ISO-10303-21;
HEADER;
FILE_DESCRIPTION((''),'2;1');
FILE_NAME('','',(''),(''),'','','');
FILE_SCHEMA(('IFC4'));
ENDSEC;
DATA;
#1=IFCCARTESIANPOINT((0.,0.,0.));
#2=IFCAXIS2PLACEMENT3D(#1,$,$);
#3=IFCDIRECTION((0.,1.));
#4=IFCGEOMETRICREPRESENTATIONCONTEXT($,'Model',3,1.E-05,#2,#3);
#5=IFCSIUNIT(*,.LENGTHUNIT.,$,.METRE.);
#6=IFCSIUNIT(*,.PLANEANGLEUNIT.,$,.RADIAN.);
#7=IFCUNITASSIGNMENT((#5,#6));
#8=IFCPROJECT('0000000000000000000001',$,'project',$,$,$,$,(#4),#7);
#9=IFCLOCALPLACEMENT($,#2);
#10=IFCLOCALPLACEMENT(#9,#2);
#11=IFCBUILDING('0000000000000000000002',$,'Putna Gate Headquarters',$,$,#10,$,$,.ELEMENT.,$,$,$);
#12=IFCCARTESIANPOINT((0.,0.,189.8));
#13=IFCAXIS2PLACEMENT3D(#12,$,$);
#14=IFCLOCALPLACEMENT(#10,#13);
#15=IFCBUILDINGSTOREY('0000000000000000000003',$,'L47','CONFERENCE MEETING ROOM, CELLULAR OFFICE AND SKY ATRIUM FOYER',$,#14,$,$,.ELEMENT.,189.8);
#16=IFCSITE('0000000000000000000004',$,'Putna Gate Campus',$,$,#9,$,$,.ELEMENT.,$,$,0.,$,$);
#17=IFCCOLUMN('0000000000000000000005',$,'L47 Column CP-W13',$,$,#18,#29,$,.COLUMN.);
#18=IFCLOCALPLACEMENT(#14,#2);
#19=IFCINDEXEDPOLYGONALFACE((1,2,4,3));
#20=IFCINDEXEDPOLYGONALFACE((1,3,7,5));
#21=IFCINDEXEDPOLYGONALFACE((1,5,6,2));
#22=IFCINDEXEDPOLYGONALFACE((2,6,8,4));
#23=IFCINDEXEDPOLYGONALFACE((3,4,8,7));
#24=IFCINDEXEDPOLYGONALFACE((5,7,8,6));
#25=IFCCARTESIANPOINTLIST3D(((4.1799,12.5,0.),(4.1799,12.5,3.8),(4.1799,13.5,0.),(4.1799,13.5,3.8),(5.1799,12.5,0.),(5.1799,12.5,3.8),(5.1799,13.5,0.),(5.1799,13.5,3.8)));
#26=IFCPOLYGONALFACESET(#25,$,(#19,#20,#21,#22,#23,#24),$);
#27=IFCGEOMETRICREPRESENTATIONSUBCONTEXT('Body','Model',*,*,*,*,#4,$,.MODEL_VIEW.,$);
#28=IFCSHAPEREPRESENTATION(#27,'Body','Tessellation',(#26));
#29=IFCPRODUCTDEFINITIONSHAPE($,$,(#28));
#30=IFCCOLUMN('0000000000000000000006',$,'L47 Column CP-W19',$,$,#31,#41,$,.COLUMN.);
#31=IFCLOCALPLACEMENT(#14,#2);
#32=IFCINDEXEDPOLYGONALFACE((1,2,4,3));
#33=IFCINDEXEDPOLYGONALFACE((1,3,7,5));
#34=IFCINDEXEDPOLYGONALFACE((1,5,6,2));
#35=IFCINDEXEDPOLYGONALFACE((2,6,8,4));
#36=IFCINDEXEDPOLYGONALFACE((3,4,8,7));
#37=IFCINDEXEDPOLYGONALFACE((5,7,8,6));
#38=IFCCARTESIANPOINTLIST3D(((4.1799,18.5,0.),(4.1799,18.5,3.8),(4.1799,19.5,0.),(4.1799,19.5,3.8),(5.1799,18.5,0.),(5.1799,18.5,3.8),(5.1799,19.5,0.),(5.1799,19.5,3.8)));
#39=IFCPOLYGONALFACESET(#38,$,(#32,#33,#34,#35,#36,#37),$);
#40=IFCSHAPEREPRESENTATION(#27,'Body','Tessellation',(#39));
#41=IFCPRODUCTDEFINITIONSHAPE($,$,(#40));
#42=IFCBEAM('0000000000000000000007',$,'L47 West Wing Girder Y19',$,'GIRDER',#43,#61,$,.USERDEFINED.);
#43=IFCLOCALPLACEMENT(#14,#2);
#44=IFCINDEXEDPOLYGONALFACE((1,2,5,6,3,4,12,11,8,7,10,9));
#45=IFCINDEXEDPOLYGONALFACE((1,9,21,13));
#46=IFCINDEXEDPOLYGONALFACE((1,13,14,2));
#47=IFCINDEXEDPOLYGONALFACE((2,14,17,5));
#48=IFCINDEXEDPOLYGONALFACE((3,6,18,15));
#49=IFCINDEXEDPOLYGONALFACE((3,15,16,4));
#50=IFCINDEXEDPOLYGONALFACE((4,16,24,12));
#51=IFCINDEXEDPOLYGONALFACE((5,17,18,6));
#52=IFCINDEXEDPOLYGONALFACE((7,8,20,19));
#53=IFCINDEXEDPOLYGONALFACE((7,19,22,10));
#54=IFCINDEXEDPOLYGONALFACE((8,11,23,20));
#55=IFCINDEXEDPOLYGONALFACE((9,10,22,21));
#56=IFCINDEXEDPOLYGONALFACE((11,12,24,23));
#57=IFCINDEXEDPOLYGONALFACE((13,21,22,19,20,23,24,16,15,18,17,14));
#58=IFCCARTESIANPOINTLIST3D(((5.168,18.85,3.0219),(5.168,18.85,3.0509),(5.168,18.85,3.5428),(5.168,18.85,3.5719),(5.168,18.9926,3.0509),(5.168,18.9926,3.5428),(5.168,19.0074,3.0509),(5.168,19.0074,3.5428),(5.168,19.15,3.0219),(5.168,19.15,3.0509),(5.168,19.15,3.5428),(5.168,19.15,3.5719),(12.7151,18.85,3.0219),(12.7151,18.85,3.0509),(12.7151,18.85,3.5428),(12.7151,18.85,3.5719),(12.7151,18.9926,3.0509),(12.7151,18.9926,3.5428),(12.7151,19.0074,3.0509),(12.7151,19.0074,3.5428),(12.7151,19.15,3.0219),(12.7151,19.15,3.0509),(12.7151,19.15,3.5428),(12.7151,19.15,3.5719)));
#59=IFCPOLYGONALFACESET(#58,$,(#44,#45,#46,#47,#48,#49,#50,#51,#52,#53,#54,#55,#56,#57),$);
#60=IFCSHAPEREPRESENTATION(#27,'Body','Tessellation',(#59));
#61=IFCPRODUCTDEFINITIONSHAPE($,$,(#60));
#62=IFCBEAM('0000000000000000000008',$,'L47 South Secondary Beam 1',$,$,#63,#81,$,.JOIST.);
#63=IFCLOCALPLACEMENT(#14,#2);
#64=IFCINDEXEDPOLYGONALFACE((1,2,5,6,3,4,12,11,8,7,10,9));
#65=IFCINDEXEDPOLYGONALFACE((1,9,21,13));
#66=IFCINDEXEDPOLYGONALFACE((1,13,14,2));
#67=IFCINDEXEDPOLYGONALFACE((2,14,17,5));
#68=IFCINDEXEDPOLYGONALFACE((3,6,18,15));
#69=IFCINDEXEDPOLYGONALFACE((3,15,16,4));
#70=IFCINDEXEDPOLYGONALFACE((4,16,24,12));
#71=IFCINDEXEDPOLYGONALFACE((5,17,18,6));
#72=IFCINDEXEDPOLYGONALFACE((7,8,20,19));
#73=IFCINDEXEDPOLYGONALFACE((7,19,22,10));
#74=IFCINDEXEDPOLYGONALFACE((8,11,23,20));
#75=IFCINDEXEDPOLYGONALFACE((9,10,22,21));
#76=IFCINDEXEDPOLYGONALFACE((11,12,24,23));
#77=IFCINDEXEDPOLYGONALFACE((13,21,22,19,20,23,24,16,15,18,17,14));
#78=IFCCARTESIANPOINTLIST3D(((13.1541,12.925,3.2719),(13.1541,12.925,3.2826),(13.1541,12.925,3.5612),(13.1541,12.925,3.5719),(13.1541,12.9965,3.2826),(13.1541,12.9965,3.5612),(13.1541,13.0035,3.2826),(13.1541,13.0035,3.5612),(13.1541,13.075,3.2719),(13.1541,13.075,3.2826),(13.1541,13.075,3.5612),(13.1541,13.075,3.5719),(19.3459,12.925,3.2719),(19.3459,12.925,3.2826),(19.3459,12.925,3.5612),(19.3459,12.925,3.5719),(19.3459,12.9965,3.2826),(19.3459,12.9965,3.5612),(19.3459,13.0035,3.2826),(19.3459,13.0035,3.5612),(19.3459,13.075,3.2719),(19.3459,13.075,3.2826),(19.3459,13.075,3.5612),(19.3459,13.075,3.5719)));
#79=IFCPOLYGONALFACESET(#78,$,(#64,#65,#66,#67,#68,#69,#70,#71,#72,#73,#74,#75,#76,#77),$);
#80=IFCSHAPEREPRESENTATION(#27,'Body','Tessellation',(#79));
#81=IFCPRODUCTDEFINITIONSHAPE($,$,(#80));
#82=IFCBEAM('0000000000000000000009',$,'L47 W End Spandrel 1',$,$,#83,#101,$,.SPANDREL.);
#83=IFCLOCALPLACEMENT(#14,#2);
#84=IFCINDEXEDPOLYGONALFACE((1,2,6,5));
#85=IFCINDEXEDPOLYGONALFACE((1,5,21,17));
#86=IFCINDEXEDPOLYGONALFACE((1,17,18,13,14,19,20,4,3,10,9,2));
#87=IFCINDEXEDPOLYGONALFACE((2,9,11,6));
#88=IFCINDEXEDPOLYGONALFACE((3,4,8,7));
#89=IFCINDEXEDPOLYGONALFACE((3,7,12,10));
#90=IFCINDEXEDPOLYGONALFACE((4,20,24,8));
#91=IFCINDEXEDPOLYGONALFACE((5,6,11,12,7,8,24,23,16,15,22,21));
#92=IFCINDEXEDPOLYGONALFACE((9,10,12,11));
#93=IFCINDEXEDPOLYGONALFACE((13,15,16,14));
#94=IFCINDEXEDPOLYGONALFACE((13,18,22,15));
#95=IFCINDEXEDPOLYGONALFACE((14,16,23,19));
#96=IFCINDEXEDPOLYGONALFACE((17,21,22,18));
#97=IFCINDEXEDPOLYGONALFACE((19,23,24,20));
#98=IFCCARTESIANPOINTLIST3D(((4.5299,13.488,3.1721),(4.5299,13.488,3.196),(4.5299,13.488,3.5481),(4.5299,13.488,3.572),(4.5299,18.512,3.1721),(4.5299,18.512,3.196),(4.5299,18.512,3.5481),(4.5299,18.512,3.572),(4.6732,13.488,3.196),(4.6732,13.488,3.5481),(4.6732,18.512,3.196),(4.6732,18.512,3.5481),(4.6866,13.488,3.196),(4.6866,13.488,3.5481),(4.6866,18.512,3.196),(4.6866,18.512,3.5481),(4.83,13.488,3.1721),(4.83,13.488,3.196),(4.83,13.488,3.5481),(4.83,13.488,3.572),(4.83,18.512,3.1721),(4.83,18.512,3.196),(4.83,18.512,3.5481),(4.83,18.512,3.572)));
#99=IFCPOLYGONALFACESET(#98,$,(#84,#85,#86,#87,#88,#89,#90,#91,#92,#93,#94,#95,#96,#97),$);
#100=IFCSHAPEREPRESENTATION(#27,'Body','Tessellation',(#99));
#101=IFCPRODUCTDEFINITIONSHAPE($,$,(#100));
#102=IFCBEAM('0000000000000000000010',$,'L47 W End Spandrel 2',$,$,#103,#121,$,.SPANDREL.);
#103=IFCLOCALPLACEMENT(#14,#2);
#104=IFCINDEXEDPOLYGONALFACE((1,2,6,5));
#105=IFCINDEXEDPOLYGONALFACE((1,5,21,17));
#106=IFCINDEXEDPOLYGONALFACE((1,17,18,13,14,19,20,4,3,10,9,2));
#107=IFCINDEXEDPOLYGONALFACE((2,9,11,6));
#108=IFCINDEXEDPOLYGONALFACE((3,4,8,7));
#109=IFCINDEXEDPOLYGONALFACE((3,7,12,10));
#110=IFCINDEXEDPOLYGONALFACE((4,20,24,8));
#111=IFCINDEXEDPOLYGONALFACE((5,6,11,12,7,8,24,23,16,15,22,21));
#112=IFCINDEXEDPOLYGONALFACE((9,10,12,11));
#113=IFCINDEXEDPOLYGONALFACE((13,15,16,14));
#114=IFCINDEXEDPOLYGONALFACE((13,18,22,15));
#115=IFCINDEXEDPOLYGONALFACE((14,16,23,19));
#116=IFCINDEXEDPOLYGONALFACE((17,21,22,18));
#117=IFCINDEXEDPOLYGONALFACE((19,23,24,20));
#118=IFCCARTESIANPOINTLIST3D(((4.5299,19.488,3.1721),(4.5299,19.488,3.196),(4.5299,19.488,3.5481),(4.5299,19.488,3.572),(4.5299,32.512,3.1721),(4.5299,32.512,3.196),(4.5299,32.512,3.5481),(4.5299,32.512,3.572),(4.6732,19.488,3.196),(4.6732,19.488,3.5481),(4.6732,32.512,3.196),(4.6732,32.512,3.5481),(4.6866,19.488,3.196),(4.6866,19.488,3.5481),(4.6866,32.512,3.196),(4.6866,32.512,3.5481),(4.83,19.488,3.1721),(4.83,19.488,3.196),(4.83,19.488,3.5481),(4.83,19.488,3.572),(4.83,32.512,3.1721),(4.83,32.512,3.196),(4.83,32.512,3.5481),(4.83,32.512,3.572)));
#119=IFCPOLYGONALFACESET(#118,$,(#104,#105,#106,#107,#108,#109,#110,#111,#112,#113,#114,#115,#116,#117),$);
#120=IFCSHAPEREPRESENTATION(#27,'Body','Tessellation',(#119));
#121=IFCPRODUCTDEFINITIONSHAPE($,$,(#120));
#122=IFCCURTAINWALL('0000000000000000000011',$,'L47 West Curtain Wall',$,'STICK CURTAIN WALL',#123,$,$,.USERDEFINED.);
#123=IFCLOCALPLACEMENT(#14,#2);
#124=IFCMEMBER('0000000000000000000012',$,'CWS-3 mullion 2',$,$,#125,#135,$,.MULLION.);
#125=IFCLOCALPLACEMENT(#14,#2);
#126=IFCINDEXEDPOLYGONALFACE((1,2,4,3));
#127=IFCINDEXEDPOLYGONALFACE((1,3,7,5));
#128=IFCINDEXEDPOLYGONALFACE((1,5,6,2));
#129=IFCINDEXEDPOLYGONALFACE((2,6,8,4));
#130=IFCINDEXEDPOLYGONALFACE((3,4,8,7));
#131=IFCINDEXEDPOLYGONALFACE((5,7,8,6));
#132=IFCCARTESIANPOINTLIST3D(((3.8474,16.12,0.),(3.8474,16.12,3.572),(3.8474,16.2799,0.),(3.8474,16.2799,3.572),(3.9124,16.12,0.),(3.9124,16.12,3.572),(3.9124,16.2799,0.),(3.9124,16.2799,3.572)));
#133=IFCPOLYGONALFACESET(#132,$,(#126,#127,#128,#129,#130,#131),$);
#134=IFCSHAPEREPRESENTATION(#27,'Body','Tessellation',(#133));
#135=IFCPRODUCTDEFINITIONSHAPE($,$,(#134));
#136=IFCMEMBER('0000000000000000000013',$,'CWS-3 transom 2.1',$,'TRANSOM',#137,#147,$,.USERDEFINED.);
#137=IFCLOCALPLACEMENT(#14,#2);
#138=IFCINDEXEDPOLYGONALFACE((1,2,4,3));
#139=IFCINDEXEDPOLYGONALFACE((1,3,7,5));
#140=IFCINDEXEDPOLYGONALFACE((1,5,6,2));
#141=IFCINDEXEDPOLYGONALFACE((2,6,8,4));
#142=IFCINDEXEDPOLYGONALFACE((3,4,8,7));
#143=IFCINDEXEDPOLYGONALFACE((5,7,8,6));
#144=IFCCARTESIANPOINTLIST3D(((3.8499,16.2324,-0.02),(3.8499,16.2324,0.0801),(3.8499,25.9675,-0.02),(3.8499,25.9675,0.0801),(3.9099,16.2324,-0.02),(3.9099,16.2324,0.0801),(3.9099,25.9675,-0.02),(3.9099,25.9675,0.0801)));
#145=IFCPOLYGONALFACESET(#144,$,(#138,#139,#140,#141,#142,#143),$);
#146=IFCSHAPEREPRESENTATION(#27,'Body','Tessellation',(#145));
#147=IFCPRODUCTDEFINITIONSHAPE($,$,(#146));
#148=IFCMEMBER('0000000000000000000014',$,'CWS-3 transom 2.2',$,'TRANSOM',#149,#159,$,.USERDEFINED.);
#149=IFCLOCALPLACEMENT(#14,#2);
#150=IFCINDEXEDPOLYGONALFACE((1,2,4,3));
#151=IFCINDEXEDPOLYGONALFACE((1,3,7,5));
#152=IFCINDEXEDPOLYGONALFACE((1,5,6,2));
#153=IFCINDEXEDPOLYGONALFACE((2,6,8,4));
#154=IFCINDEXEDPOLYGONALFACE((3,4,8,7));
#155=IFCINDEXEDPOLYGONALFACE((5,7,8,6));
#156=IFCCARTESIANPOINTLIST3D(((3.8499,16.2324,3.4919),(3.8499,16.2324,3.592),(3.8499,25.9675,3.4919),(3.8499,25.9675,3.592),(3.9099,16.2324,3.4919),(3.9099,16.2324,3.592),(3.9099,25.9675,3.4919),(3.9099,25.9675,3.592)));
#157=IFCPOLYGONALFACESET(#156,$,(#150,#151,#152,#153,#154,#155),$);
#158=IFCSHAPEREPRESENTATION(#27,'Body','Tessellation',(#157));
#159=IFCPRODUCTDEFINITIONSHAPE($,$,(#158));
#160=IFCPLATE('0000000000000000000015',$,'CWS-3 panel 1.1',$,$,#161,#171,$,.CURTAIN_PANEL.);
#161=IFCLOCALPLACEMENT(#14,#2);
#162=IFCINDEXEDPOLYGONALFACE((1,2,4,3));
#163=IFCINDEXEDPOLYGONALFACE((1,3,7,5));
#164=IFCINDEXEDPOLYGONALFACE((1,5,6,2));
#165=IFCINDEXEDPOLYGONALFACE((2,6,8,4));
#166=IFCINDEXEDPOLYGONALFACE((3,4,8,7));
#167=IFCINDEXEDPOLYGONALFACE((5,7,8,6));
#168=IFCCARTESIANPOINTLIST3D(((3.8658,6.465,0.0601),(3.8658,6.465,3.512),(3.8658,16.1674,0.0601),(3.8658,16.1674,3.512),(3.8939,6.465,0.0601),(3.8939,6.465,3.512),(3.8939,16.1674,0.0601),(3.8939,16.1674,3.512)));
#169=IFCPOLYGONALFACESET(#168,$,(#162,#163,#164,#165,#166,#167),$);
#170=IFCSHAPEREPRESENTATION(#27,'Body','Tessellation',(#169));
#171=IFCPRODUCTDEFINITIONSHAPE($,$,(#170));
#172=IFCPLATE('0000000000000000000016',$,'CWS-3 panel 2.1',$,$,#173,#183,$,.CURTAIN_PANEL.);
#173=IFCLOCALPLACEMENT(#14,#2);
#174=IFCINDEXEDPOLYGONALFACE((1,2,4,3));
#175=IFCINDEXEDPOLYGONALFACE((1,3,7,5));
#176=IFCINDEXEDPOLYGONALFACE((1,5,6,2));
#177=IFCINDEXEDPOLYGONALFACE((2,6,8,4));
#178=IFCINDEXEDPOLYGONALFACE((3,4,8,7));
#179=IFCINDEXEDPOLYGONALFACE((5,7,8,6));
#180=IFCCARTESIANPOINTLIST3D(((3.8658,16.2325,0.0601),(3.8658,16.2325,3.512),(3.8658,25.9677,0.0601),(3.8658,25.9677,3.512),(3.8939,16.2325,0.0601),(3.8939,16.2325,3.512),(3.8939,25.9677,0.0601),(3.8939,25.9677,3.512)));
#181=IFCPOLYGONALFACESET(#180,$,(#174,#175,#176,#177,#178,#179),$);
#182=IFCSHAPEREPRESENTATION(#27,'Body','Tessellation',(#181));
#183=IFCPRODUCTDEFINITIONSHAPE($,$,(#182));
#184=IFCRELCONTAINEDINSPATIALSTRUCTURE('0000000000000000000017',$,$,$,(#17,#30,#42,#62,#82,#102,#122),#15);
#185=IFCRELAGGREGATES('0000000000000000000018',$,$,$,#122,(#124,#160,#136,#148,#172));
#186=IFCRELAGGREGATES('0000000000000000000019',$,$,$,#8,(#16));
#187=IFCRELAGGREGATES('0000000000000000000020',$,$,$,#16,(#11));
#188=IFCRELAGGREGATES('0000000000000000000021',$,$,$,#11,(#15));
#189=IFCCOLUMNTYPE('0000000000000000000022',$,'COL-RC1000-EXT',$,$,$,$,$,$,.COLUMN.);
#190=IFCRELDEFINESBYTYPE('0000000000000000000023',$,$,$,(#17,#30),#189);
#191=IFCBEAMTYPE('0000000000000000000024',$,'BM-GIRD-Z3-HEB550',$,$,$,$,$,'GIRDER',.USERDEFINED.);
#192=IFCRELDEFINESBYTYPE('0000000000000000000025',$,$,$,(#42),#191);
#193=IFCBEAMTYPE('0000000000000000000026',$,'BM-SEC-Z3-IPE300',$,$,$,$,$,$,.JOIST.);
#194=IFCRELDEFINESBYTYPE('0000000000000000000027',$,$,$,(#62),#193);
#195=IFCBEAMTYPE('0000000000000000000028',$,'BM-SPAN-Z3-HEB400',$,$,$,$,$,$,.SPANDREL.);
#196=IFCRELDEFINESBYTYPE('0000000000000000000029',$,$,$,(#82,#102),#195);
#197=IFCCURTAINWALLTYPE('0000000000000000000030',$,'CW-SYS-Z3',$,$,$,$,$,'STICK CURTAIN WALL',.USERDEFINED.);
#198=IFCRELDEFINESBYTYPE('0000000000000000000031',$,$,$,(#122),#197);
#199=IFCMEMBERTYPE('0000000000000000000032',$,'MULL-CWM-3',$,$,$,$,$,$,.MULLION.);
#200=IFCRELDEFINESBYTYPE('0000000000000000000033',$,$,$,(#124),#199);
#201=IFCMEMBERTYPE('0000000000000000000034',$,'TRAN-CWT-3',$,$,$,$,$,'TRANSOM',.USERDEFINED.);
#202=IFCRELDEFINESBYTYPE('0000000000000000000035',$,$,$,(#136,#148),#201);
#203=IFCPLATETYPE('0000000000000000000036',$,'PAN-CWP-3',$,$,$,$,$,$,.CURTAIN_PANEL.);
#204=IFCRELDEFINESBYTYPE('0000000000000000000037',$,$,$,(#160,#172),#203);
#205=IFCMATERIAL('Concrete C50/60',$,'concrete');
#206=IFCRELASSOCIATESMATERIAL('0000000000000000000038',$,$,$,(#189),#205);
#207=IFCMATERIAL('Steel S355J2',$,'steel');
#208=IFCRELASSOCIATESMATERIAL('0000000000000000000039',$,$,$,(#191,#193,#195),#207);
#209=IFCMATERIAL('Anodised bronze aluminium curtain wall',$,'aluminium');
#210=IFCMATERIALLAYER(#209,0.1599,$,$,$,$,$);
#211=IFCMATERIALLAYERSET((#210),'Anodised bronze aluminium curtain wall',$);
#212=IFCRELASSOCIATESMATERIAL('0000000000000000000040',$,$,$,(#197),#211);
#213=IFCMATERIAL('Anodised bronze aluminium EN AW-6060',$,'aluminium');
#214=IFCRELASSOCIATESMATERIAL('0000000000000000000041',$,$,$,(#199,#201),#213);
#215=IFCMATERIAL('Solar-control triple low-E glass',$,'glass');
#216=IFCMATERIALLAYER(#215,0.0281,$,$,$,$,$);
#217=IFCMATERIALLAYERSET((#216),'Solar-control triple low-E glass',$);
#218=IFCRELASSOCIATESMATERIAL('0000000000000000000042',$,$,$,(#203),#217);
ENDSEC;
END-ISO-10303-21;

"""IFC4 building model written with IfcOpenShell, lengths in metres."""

from ifc_helpers import new_model, si_unit, direction, frame, origin, origin_2d, place, context, subcontext, project, spatial, rectangle, i_section, extrude, material, layer, layer_set, material_profile, profile_set, type_object, element, aggregate, save


model = new_model("IFC4")

# Units and contexts
model_context = context("Model", 3, precision=1e-05, world=origin(), true_north=direction((0.0, 1.0)))
body_context = subcontext(model_context, "Body", "Model", "MODEL_VIEW")
ifc_project = project(units=[si_unit("LENGTHUNIT", "METRE"), si_unit("PLANEANGLEUNIT", "RADIAN")], contexts=[model_context])

# Site, building, storey
site_placement = place(None, origin())
site = spatial("IfcSite", under=ifc_project, at=site_placement, Name="Putna Gate Campus", CompositionType="ELEMENT", RefElevation=0.0)
building_placement = place(site_placement, origin())
building = spatial("IfcBuilding", under=site, at=building_placement, Name="Putna Gate Headquarters", CompositionType="ELEMENT")
storey_placement = place(building_placement, frame((0.0, 0.0, 189.8)))
storey = spatial("IfcBuildingStorey", under=building, at=storey_placement, Name="L47", Description="CONFERENCE MEETING ROOM, CELLULAR OFFICE AND SKY ATRIUM FOYER", CompositionType="ELEMENT", Elevation=189.8)

# Columns
ifc_material_1 = material(Name="Concrete C50/60", Category="concrete")
ifc_material_profile_1 = material_profile(ifc_material_1, rectangle(XDim=1.0, YDim=1.0, at=origin_2d()), Name="Concrete C50/60")
ifc_profile_set_1 = profile_set([ifc_material_profile_1], Name="Concrete C50/60")
column_type = type_object("IfcColumnType", Name="COL-RC1000-EXT", PredefinedType="COLUMN", material=ifc_profile_set_1)
for number, where, z_axis, x_axis, name in (
    (1, (4.6799, 13.0, 0.0), (0.0, 0.0, 1.0), (1.0, 0.0, 0.0), "L47 Column CP-W13"),
    (2, (4.6799, 19.0, 0.0), (0.0, 0.0, 1.0), (1.0, 0.0, 0.0), "L47 Column CP-W19"),
):
    element("IfcColumn", number, at=place(storey_placement, frame(where, z_axis=z_axis, x_axis=x_axis)), inside=storey, type_object=column_type, Name=name, PredefinedType="COLUMN", context=body_context, shape_type="SweptSolid", body=[
        extrude(rectangle(XDim=1.0, YDim=1.0, at=origin_2d()), origin(), (0.0, 0.0, 1.0), 3.8),
    ])

# Beams
ifc_material_2 = material(Name="Steel S355J2", Category="steel")
ifc_material_profile_2 = material_profile(ifc_material_2, i_section(OverallWidth=0.3, OverallDepth=0.55, WebThickness=0.0149, FlangeThickness=0.0291, at=origin_2d()), Name="Steel S355J2")
ifc_profile_set_2 = profile_set([ifc_material_profile_2], Name="Steel S355J2")
beam_type_1 = type_object("IfcBeamType", Name="BM-GIRD-Z3-HEB550", ElementType="GIRDER", PredefinedType="USERDEFINED", material=ifc_profile_set_2)
beam_1_placement = place(storey_placement, frame((5.168, 19.0, 3.2969), z_axis=(1.0, 0.0, 0.0), x_axis=(0.0, 1.0, 0.0)))
element("IfcBeam", 3, at=beam_1_placement, inside=storey, type_object=beam_type_1, Name="L47 West Wing Girder Y19", ObjectType="GIRDER", PredefinedType="USERDEFINED", context=body_context, shape_type="SweptSolid", body=[
    extrude(i_section(OverallWidth=0.3, OverallDepth=0.55, WebThickness=0.0149, FlangeThickness=0.0291, at=origin_2d()), origin(), (0.0, 0.0, 1.0), 7.5471),
])
ifc_material_profile_3 = material_profile(ifc_material_2, i_section(OverallWidth=0.1499, OverallDepth=0.3, WebThickness=0.0071, FlangeThickness=0.0107, at=origin_2d()), Name="Steel S355J2")
ifc_profile_set_3 = profile_set([ifc_material_profile_3], Name="Steel S355J2")
beam_type_2 = type_object("IfcBeamType", Name="BM-SEC-Z3-IPE300", PredefinedType="JOIST", material=ifc_profile_set_3)
beam_2_placement = place(storey_placement, frame((13.1541, 13.0, 3.4219), z_axis=(1.0, 0.0, 0.0), x_axis=(0.0, 1.0, 0.0)))
element("IfcBeam", 4, at=beam_2_placement, inside=storey, type_object=beam_type_2, Name="L47 South Secondary Beam 1", PredefinedType="JOIST", context=body_context, shape_type="SweptSolid", body=[
    extrude(i_section(OverallWidth=0.1499, OverallDepth=0.3, WebThickness=0.0071, FlangeThickness=0.0107, at=origin_2d()), origin(), (0.0, 0.0, 1.0), 6.1919),
])
ifc_material_profile_4 = material_profile(ifc_material_2, i_section(OverallWidth=0.3, OverallDepth=0.3999, WebThickness=0.0134, FlangeThickness=0.0239, at=origin_2d()), Name="Steel S355J2")
ifc_profile_set_4 = profile_set([ifc_material_profile_4], Name="Steel S355J2")
beam_type_3 = type_object("IfcBeamType", Name="BM-SPAN-Z3-HEB400", PredefinedType="SPANDREL", material=ifc_profile_set_4)
beam_3_placement = place(storey_placement, frame((4.6799, 13.488, 3.3721), z_axis=(0.0, 1.0, 0.0), x_axis=(-1.0, 0.0, 0.0)))
element("IfcBeam", 5, at=beam_3_placement, inside=storey, type_object=beam_type_3, Name="L47 W End Spandrel 1", PredefinedType="SPANDREL", context=body_context, shape_type="SweptSolid", body=[
    extrude(i_section(OverallWidth=0.3, OverallDepth=0.3999, WebThickness=0.0134, FlangeThickness=0.0239, at=origin_2d()), origin(), (0.0, 0.0, 1.0), 5.0239),
])
beam_4_placement = place(storey_placement, frame((4.6799, 19.488, 3.3721), z_axis=(0.0, 1.0, 0.0), x_axis=(-1.0, 0.0, 0.0)))
element("IfcBeam", 6, at=beam_4_placement, inside=storey, type_object=beam_type_3, Name="L47 W End Spandrel 2", PredefinedType="SPANDREL", context=body_context, shape_type="SweptSolid", body=[
    extrude(i_section(OverallWidth=0.3, OverallDepth=0.3999, WebThickness=0.0134, FlangeThickness=0.0239, at=origin_2d()), origin(), (0.0, 0.0, 1.0), 13.0239),
])

# Curtain wall, members, plates
ifc_material_3 = material(Name="Anodised bronze aluminium curtain wall", Category="aluminium")
ifc_layer_1 = layer(ifc_material_3, 0.1599)
ifc_layer_set_1 = layer_set([ifc_layer_1], Name="Anodised bronze aluminium curtain wall")
curtain_wall_type = type_object("IfcCurtainWallType", Name="CW-SYS-Z3", ElementType="STICK CURTAIN WALL", PredefinedType="USERDEFINED", material=ifc_layer_set_1)
curtain_wall_placement = place(storey_placement, origin())
curtain_wall = element("IfcCurtainWall", 7, at=curtain_wall_placement, inside=storey, type_object=curtain_wall_type, Name="L47 West Curtain Wall", ObjectType="STICK CURTAIN WALL", PredefinedType="USERDEFINED")
ifc_material_4 = material(Name="Anodised bronze aluminium EN AW-6060", Category="aluminium")
ifc_material_profile_5 = material_profile(ifc_material_4, rectangle(XDim=0.0649, YDim=0.1599, at=origin_2d()), Name="Anodised bronze aluminium EN AW-6060")
ifc_profile_set_5 = profile_set([ifc_material_profile_5], Name="Anodised bronze aluminium EN AW-6060")
member_type_1 = type_object("IfcMemberType", Name="MULL-CWM-3", PredefinedType="MULLION", material=ifc_profile_set_5)
member_1_placement = place(storey_placement, frame((3.8799, 16.2, 0.0), z_axis=(0.0, 0.0, 1.0), x_axis=(-1.0, 0.0, 0.0)))
member_1 = element("IfcMember", 8, at=member_1_placement, type_object=member_type_1, Name="CWS-3 mullion 2", PredefinedType="MULLION", context=body_context, shape_type="SweptSolid", body=[
    extrude(rectangle(XDim=0.0649, YDim=0.1599, at=origin_2d()), origin(), (0.0, 0.0, 1.0), 3.572),
])
ifc_material_profile_6 = material_profile(ifc_material_4, rectangle(XDim=0.0601, YDim=0.1001, at=origin_2d()), Name="Anodised bronze aluminium EN AW-6060")
ifc_profile_set_6 = profile_set([ifc_material_profile_6], Name="Anodised bronze aluminium EN AW-6060")
member_type_2 = type_object("IfcMemberType", Name="TRAN-CWT-3", ElementType="TRANSOM", PredefinedType="USERDEFINED", material=ifc_profile_set_6)
member_2_placement = place(storey_placement, frame((3.8799, 16.2324, 0.03), z_axis=(0.0, 1.0, 0.0), x_axis=(-1.0, 0.0, 0.0)))
member_2 = element("IfcMember", 9, at=member_2_placement, type_object=member_type_2, Name="CWS-3 transom 2.1", ObjectType="TRANSOM", PredefinedType="USERDEFINED", context=body_context, shape_type="SweptSolid", body=[
    extrude(rectangle(XDim=0.0601, YDim=0.1001, at=origin_2d()), origin(), (0.0, 0.0, 1.0), 9.7351),
])
member_3_placement = place(storey_placement, frame((3.8799, 16.2324, 3.542), z_axis=(0.0, 1.0, 0.0), x_axis=(-1.0, 0.0, 0.0)))
member_3 = element("IfcMember", 10, at=member_3_placement, type_object=member_type_2, Name="CWS-3 transom 2.2", ObjectType="TRANSOM", PredefinedType="USERDEFINED", context=body_context, shape_type="SweptSolid", body=[
    extrude(rectangle(XDim=0.0601, YDim=0.1001, at=origin_2d()), origin(), (0.0, 0.0, 1.0), 9.7351),
])
ifc_material_5 = material(Name="Solar-control triple low-E glass", Category="glass")
ifc_layer_2 = layer(ifc_material_5, 0.0281)
ifc_layer_set_2 = layer_set([ifc_layer_2], Name="Solar-control triple low-E glass")
plate_type = type_object("IfcPlateType", Name="PAN-CWP-3", PredefinedType="CURTAIN_PANEL", material=ifc_layer_set_2)
plate_1_placement = place(storey_placement, frame((3.8799, 11.3162, 0.0601), z_axis=(0.0, 0.0, 1.0), x_axis=(0.0, 1.0, 0.0)))
plate_1 = element("IfcPlate", 11, at=plate_1_placement, type_object=plate_type, Name="CWS-3 panel 1.1", PredefinedType="CURTAIN_PANEL", context=body_context, shape_type="SweptSolid", body=[
    extrude(rectangle(XDim=9.7024, YDim=0.0281, at=origin_2d()), origin(), (0.0, 0.0, 1.0), 3.4519),
])
plate_2_placement = place(storey_placement, frame((3.8799, 21.1001, 0.0601), z_axis=(0.0, 0.0, 1.0), x_axis=(0.0, 1.0, 0.0)))
plate_2 = element("IfcPlate", 12, at=plate_2_placement, type_object=plate_type, Name="CWS-3 panel 2.1", PredefinedType="CURTAIN_PANEL", context=body_context, shape_type="SweptSolid", body=[
    extrude(rectangle(XDim=9.7351, YDim=0.0281, at=origin_2d()), origin(), (0.0, 0.0, 1.0), 3.4519),
])
aggregate(curtain_wall, [member_1, plate_1, member_2, member_3, plate_2])

save(model, "model.ifc")
